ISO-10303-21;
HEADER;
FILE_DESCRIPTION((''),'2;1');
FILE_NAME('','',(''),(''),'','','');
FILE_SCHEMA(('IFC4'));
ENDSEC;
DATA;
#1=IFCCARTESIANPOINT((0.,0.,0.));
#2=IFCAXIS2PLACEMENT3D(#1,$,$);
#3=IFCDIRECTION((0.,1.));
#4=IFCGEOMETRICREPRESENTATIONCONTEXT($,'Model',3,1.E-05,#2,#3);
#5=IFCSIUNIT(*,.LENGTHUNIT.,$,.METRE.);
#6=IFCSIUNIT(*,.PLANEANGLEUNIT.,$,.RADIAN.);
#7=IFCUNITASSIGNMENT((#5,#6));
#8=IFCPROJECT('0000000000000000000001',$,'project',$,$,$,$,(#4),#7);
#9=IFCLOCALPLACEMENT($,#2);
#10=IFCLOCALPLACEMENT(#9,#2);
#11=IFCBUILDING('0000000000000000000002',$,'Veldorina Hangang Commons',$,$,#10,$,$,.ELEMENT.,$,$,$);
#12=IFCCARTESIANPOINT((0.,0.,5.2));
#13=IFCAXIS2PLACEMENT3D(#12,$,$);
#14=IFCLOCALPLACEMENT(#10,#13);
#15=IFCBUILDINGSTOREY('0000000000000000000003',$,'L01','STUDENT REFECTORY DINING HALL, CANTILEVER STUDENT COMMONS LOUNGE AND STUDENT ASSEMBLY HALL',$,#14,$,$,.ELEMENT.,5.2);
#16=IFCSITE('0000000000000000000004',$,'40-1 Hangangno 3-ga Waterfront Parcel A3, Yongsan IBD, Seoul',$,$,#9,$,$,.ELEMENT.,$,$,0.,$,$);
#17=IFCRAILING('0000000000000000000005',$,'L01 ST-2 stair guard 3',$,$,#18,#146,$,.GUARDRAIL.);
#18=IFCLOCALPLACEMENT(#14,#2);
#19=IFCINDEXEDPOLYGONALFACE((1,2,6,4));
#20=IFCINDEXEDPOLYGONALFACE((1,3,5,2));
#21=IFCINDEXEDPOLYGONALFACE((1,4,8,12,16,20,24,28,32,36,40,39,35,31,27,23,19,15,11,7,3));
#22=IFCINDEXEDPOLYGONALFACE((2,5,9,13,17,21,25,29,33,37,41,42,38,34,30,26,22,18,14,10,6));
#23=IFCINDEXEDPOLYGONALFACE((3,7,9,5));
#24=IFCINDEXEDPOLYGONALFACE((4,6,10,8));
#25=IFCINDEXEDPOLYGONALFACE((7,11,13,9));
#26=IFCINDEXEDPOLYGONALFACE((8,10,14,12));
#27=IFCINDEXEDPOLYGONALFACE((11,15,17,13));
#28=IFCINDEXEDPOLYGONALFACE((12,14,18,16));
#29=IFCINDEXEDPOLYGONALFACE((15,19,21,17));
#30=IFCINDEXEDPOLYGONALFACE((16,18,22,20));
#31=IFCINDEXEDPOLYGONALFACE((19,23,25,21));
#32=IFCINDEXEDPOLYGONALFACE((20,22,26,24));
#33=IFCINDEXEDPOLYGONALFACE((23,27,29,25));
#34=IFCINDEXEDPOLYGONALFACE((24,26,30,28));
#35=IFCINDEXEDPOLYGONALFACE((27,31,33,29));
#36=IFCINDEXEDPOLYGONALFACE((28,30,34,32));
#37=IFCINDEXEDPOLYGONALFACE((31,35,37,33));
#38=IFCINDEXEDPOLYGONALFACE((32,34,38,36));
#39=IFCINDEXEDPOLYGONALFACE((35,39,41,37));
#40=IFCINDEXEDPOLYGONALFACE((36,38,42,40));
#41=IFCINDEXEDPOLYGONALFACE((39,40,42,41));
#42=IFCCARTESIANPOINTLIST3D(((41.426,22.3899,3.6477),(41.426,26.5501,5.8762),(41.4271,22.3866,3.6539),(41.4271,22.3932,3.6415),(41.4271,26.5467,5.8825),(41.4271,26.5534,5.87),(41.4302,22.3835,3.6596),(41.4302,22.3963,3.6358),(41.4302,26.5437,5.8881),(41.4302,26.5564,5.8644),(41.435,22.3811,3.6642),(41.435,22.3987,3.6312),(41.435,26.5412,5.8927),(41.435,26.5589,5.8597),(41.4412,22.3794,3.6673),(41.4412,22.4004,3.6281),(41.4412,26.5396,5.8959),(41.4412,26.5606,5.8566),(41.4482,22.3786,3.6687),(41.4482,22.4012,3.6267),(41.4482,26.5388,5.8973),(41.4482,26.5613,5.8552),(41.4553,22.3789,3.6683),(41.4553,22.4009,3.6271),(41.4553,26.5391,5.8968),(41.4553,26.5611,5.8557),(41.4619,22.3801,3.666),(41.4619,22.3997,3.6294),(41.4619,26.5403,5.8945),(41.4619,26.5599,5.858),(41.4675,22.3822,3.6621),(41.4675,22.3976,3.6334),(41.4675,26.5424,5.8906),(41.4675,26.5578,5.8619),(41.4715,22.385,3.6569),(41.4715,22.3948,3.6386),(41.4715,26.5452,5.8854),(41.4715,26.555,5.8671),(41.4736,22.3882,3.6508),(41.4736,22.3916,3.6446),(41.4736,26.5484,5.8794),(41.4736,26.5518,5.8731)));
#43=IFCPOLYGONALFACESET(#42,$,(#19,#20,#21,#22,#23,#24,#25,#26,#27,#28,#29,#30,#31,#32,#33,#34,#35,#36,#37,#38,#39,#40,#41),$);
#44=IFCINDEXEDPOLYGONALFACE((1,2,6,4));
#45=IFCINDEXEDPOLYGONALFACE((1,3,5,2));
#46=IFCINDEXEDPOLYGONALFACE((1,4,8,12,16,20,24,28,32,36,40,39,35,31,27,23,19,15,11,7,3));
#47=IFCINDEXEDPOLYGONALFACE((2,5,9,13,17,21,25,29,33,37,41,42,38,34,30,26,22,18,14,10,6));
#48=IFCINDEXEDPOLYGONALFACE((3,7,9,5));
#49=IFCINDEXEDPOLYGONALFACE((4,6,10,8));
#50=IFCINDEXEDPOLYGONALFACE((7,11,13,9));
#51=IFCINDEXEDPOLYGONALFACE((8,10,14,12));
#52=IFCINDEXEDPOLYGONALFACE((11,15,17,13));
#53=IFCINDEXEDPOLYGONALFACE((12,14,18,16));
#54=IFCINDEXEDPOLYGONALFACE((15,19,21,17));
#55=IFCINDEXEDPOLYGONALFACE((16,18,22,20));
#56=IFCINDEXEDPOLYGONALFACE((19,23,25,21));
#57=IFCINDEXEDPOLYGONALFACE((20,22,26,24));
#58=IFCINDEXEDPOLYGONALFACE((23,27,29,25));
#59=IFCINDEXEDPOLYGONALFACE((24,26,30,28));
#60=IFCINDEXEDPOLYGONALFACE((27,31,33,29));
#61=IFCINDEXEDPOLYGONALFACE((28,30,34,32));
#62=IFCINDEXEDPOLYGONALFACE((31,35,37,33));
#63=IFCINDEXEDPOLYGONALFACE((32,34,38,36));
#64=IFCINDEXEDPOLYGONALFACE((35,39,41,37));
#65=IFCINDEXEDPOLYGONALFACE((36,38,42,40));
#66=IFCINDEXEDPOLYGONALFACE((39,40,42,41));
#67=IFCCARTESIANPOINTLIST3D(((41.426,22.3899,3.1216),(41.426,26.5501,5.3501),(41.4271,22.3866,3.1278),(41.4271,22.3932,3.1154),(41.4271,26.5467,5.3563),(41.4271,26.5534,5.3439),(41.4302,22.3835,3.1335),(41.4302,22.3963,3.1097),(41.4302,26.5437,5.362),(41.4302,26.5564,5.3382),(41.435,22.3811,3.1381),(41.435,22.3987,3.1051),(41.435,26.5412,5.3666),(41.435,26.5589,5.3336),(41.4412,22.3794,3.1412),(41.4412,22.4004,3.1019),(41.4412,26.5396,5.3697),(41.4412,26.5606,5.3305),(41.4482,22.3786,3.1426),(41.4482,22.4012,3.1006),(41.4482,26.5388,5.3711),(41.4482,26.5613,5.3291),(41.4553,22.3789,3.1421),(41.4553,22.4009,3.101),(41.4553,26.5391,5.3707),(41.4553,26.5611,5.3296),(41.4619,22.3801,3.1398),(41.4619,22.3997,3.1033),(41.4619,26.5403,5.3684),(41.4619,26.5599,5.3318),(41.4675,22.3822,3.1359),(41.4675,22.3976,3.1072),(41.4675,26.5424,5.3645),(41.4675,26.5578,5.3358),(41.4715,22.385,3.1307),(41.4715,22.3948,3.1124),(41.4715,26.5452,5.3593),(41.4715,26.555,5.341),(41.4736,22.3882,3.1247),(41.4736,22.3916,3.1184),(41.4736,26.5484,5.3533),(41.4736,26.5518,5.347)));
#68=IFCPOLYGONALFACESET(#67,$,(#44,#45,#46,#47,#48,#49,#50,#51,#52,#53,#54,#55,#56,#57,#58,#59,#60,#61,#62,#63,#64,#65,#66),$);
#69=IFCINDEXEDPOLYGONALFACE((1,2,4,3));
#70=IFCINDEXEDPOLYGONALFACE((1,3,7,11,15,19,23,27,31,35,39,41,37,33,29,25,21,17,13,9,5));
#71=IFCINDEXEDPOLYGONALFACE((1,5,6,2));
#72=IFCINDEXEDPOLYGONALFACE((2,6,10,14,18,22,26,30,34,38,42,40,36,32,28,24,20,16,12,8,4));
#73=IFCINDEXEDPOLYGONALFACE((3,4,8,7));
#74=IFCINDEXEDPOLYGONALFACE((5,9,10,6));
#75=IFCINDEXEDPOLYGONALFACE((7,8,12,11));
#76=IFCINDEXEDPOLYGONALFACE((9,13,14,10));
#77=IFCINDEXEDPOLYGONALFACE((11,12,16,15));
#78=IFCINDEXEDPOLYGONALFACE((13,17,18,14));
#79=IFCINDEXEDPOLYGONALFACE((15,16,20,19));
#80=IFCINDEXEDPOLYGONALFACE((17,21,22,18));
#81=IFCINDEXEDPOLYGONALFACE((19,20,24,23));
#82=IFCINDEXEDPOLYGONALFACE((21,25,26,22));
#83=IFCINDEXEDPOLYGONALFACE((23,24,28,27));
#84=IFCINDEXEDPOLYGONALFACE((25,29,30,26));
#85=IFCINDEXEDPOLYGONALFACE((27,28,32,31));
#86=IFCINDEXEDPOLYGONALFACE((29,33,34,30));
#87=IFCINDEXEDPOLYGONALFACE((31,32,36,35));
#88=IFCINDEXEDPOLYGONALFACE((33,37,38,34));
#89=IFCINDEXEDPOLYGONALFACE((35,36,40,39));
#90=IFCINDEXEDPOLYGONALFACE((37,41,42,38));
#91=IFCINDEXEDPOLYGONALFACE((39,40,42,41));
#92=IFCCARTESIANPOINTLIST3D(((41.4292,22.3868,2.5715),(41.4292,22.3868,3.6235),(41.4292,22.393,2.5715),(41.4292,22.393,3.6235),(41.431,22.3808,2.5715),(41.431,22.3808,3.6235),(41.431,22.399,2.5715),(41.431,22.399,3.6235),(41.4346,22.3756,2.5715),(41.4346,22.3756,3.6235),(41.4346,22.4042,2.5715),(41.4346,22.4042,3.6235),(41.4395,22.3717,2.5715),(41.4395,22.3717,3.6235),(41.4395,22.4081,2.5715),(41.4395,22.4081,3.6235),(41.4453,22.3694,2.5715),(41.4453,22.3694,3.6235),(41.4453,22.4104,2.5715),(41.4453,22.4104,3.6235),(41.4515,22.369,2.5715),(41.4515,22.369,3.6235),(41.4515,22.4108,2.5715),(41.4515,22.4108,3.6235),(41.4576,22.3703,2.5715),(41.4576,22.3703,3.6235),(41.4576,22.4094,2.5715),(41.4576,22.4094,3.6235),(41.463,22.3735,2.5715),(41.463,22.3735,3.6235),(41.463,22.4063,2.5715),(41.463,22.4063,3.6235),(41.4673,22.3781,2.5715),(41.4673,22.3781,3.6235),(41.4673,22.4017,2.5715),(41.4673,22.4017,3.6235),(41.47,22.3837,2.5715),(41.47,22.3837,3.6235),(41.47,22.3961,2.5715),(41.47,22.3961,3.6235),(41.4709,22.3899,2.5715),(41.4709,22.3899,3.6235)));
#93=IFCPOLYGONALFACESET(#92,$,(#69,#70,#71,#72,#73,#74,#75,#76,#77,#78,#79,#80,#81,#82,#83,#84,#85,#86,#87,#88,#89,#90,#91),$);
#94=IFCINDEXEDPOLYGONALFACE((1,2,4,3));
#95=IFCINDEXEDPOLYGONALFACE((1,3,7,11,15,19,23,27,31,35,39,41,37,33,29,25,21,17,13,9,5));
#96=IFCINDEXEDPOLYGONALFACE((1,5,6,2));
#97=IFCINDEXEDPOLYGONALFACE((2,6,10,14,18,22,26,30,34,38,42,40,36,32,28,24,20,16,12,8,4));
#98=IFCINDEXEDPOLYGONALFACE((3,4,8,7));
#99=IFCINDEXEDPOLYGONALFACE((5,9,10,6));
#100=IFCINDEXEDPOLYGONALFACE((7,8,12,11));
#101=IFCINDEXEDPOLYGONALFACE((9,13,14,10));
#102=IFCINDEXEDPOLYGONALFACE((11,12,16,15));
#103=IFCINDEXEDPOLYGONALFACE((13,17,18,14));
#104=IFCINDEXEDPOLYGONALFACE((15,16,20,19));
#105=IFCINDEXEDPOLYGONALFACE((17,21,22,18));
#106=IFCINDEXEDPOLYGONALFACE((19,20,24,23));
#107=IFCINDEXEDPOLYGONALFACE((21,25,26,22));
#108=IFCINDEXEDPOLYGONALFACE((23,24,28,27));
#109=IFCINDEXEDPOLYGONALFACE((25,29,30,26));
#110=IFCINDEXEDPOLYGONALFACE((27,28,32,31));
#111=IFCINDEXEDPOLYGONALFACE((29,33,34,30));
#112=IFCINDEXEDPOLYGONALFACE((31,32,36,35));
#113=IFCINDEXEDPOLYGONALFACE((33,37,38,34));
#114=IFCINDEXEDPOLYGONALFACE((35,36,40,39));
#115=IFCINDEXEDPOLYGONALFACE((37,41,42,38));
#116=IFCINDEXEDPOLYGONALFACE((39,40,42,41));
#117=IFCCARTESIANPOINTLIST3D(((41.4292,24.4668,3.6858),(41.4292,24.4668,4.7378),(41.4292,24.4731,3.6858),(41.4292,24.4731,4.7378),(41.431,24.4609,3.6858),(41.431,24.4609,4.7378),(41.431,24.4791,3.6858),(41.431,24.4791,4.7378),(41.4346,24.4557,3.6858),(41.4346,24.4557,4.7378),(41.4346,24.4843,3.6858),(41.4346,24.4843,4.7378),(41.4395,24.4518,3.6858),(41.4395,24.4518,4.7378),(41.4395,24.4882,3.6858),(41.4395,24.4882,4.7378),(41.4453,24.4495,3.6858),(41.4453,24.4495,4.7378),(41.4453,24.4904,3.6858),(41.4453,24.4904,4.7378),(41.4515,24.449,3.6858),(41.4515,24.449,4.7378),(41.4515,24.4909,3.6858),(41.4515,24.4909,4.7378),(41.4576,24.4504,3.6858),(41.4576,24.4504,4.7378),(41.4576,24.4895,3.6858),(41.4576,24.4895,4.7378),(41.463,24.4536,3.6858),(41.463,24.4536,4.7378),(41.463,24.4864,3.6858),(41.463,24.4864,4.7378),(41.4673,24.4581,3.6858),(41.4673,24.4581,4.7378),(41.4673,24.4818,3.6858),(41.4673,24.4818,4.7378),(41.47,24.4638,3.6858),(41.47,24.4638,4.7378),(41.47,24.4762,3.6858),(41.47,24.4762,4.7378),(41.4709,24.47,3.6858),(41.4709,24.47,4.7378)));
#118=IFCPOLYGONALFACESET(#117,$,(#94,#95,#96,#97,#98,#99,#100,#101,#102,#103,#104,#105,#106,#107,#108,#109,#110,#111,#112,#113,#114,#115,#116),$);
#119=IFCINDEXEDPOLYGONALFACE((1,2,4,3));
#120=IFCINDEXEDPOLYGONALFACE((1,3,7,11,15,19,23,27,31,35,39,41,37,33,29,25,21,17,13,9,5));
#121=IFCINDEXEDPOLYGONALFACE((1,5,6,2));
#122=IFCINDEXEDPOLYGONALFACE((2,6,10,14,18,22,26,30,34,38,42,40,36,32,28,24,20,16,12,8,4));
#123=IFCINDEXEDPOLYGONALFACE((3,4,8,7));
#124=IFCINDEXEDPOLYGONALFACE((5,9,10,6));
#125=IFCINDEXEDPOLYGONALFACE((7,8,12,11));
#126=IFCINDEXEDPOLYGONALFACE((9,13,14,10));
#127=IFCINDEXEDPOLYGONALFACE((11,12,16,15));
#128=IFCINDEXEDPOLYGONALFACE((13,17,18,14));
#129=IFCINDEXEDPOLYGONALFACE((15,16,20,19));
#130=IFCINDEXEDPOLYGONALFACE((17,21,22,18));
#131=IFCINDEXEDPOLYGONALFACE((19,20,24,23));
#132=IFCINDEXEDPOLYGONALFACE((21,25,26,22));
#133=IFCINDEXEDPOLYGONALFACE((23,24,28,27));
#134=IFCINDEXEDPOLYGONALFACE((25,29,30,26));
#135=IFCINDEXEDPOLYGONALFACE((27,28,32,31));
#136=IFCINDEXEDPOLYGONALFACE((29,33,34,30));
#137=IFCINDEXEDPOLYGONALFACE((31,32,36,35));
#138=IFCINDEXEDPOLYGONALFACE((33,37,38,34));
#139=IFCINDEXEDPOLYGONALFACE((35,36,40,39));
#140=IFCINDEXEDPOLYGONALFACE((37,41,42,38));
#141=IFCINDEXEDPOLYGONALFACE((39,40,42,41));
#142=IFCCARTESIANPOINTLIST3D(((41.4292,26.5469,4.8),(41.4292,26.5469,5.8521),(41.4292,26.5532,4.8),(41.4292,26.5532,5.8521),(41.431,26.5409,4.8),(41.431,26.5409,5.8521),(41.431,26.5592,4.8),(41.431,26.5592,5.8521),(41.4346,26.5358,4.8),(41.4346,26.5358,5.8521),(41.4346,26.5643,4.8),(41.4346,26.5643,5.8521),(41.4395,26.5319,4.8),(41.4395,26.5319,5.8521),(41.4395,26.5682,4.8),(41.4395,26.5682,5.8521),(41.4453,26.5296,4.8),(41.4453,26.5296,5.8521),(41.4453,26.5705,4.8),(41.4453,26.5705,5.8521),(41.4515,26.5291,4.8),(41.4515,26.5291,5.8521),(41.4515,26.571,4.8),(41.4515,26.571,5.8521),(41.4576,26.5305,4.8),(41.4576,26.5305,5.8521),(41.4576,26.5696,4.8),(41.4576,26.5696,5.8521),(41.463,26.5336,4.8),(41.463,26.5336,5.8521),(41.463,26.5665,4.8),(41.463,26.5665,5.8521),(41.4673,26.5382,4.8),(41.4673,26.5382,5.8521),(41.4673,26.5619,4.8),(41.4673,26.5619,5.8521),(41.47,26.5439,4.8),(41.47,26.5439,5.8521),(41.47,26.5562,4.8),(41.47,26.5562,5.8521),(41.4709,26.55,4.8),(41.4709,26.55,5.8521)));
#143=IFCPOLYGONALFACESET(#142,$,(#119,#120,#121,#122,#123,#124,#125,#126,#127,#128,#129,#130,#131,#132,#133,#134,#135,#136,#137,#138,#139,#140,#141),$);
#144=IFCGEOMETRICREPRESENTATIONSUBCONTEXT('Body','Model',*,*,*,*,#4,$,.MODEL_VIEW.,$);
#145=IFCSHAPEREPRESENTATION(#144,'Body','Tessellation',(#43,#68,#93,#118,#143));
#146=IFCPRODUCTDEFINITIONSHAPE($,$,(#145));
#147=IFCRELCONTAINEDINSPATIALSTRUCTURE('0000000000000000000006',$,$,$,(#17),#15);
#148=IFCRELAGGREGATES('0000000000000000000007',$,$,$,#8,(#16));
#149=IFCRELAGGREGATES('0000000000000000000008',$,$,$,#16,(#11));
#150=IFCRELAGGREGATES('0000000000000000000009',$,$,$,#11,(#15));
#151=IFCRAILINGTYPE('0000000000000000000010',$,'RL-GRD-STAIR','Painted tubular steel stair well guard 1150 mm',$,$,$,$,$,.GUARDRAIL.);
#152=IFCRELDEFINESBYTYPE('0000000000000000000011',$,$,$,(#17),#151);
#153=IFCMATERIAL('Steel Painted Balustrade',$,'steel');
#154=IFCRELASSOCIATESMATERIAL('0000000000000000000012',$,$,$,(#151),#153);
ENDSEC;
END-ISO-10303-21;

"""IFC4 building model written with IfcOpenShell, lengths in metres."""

from ifc_helpers import new_model, si_unit, direction, frame, origin, origin_2d, place, context, subcontext, project, spatial, circle, extrude, material, type_object, element, save


model = new_model("IFC4")

# Units and contexts
model_context = context("Model", 3, precision=1e-05, world=origin(), true_north=direction((0.0, 1.0)))
body_context = subcontext(model_context, "Body", "Model", "MODEL_VIEW")
ifc_project = project(units=[si_unit("LENGTHUNIT", "METRE"), si_unit("PLANEANGLEUNIT", "RADIAN")], contexts=[model_context])

# Site, building, storey
site_placement = place(None, origin())
site = spatial("IfcSite", under=ifc_project, at=site_placement, Name="40-1 Hangangno 3-ga Waterfront Parcel A3, Yongsan IBD, Seoul", CompositionType="ELEMENT", RefElevation=0.0)
building_placement = place(site_placement, origin())
building = spatial("IfcBuilding", under=site, at=building_placement, Name="Veldorina Hangang Commons", CompositionType="ELEMENT")
storey_placement = place(building_placement, frame((0.0, 0.0, 5.2)))
storey = spatial("IfcBuildingStorey", under=building, at=storey_placement, Name="L01", Description="STUDENT REFECTORY DINING HALL, CANTILEVER STUDENT COMMONS LOUNGE AND STUDENT ASSEMBLY HALL", CompositionType="ELEMENT", Elevation=5.2)

# Railing
ifc_material_1 = material(Name="Steel Painted Balustrade", Category="steel")
railing_type_1 = type_object("IfcRailingType", Name="RL-GRD-STAIR", Description="Painted tubular steel stair well guard 1150 mm", PredefinedType="GUARDRAIL", material=ifc_material_1)
railing_1_placement = place(storey_placement, frame((41.45, 22.3899, 2.5715)))
element("IfcRailing", 1, at=railing_1_placement, inside=storey, type_object=railing_type_1, Name="L01 ST-2 stair guard 3", PredefinedType="GUARDRAIL", context=body_context, shape_type="SweptSolid", body=[
    extrude(circle(Radius=0.0239, at=origin_2d()), frame((0.0, 0.0, 1.0762), z_axis=(0.0, 0.881492, 0.472198), x_axis=(-1.0, 0.0, 0.0)), (0.0, 0.0, 1.0), 4.7195),
    extrude(circle(Radius=0.0239, at=origin_2d()), frame((0.0, 0.0, 0.55), z_axis=(0.0, 0.881492, 0.472198), x_axis=(-1.0, 0.0, 0.0)), (0.0, 0.0, 1.0), 4.7195),
    extrude(circle(Radius=0.021, at=origin_2d()), origin(), (0.0, 0.0, 1.0), 1.052),
    extrude(circle(Radius=0.021, at=origin_2d()), frame((0.0, 2.0801, 1.1143)), (0.0, 0.0, 1.0), 1.052),
    extrude(circle(Radius=0.021, at=origin_2d()), frame((0.0, 4.1602, 2.2285)), (0.0, 0.0, 1.0), 1.052),
])

save(model, "model.ifc")
